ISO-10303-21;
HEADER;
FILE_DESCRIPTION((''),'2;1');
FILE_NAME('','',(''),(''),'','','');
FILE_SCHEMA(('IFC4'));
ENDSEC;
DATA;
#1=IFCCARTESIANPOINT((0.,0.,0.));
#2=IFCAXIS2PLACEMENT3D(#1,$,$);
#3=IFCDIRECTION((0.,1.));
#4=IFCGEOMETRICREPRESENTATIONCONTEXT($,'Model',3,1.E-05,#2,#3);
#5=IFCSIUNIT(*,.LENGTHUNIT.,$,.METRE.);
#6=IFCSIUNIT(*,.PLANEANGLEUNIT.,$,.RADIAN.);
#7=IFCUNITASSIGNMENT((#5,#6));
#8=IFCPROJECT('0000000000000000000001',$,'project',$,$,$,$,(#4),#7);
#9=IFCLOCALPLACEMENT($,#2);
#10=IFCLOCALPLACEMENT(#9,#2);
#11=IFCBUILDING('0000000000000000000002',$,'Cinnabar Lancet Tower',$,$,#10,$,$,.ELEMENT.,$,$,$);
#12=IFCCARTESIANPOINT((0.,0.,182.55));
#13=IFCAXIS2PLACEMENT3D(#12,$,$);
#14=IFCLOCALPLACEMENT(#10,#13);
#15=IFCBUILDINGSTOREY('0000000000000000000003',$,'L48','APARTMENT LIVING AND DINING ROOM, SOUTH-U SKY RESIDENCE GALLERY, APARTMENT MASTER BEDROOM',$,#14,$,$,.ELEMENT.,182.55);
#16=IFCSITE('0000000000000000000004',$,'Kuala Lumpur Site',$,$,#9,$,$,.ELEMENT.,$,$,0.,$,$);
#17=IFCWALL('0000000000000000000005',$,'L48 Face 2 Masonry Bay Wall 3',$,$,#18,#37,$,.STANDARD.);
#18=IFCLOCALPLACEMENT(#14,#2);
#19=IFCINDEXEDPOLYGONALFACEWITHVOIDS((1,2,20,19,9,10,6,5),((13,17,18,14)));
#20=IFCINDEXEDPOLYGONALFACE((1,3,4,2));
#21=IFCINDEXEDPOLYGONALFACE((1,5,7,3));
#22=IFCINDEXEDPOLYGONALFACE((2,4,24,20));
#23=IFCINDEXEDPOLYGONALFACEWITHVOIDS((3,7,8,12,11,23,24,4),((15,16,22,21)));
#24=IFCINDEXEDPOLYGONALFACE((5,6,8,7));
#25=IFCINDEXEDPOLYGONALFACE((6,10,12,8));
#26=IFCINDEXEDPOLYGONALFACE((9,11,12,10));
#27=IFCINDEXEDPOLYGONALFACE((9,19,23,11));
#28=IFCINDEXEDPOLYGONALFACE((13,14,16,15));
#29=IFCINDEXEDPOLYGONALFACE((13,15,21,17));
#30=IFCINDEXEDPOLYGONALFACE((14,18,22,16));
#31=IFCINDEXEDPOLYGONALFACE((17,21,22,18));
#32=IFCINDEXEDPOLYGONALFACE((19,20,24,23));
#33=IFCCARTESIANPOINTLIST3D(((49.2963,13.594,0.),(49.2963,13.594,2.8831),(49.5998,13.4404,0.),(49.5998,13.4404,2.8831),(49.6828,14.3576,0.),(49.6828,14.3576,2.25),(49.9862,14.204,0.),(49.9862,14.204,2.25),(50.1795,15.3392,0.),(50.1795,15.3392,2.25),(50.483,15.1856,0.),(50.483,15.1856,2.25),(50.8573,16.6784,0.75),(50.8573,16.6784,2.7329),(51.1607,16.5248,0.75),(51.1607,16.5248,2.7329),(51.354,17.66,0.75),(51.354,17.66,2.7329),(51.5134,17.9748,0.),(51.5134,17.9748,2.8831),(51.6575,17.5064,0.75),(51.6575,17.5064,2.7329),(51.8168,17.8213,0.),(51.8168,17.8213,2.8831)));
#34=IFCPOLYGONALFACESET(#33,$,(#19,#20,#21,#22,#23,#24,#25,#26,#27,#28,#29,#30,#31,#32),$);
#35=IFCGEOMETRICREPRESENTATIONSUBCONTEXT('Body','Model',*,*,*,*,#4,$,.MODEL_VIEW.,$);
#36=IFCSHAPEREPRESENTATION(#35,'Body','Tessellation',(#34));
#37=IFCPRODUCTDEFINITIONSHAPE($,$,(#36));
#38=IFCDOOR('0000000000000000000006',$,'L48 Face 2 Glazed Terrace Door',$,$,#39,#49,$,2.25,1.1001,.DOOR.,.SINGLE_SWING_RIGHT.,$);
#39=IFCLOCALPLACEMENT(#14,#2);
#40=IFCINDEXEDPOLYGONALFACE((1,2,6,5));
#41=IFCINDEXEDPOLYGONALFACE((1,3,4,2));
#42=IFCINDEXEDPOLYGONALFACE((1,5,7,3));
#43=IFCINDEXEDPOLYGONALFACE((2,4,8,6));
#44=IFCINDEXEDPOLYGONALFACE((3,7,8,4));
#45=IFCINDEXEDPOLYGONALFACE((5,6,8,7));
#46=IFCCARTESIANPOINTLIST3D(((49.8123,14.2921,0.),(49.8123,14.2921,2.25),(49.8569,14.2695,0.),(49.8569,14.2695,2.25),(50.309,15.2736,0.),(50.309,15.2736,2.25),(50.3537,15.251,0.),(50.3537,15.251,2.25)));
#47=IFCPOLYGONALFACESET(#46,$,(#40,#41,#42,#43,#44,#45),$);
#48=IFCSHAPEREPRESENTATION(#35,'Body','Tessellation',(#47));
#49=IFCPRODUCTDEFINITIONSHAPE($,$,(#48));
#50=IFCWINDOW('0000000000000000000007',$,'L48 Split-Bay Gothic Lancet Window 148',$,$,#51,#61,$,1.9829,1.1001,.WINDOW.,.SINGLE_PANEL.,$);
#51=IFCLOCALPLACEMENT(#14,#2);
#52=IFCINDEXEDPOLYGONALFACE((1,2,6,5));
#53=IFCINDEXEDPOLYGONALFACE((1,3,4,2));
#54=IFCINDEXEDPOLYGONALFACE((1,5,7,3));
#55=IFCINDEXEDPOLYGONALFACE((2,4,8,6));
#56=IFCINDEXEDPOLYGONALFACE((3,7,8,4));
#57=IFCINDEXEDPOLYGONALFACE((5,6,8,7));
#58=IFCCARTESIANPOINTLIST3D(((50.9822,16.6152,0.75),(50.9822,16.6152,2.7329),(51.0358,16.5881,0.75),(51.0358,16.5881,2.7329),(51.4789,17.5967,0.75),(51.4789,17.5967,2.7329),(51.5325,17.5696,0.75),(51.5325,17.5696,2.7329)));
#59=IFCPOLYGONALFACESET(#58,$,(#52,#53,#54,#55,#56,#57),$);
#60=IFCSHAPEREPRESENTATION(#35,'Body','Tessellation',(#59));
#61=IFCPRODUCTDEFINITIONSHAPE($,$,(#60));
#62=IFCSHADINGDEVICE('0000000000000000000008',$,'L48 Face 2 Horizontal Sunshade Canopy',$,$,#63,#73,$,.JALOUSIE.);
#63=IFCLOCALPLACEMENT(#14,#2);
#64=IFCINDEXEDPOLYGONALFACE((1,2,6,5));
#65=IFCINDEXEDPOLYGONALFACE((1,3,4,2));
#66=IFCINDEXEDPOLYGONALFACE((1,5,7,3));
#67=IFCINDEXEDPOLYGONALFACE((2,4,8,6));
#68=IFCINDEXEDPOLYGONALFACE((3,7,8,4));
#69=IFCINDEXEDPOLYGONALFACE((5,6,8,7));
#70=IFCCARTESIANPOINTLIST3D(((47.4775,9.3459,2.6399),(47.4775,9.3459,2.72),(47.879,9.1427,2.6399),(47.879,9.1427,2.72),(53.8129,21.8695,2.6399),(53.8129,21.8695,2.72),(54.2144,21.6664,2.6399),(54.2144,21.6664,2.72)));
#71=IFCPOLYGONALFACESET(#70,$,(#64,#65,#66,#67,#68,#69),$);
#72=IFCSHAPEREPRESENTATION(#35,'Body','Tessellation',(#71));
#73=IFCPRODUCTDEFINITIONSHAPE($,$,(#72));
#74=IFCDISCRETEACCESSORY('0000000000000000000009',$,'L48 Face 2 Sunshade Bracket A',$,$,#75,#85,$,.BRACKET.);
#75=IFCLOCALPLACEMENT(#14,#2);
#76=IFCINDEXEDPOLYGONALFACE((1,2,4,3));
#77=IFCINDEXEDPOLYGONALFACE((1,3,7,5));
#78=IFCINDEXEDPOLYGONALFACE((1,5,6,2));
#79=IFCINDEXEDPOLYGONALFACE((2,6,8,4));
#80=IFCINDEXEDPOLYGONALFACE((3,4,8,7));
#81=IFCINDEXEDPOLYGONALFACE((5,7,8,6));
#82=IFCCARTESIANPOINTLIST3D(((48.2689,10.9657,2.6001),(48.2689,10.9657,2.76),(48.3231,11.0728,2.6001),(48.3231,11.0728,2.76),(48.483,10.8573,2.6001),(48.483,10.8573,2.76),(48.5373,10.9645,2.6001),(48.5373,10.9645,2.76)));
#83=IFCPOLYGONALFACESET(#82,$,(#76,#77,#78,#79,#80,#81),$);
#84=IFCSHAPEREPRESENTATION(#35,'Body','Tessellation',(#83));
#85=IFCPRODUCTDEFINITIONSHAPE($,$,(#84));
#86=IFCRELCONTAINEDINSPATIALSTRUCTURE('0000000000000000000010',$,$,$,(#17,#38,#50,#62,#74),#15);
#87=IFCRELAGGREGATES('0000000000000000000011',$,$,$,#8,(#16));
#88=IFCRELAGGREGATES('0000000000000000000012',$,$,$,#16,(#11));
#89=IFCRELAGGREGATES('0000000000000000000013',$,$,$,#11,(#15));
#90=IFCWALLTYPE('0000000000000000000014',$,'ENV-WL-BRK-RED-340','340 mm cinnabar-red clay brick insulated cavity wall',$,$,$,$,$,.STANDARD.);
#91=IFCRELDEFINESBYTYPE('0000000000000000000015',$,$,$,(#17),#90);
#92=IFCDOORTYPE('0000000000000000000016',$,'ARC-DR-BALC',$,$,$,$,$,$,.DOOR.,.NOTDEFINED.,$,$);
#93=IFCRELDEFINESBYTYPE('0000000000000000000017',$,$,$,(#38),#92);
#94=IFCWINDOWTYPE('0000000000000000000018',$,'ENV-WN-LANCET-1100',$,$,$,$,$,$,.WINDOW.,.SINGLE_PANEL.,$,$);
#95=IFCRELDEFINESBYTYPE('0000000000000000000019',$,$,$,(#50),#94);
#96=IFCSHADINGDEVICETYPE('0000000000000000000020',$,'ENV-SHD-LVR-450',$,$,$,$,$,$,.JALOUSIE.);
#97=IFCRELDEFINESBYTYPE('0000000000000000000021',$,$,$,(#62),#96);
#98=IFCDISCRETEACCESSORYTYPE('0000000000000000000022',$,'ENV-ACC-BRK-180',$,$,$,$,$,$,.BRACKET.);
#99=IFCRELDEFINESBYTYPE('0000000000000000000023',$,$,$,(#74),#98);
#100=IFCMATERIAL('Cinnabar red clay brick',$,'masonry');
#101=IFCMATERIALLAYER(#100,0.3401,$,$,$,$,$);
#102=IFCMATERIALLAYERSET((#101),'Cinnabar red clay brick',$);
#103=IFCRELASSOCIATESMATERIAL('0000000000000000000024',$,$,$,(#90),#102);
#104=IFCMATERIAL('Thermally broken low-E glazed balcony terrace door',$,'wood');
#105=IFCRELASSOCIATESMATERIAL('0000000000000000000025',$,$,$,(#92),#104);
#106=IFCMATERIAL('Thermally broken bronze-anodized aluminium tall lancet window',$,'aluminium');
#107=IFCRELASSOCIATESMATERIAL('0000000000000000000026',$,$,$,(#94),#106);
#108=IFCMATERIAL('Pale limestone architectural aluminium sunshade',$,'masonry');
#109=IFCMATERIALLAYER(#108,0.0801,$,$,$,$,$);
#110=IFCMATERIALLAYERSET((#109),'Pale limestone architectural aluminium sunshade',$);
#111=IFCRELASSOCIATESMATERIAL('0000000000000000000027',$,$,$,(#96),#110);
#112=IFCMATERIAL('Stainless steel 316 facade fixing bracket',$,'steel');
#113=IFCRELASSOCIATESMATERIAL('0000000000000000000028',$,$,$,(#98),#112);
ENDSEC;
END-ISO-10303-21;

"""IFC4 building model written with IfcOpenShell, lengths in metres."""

from ifc_helpers import new_model, si_unit, direction, frame, frame_2d, origin, origin_2d, place, context, subcontext, project, spatial, rectangle, extrude, material, layer, layer_set, type_object, element, fill, save


model = new_model("IFC4")

# Units and contexts
model_context = context("Model", 3, precision=1e-05, world=origin(), true_north=direction((0.0, 1.0)))
body_context = subcontext(model_context, "Body", "Model", "MODEL_VIEW")
ifc_project = project(units=[si_unit("LENGTHUNIT", "METRE"), si_unit("PLANEANGLEUNIT", "RADIAN")], contexts=[model_context])

# Site, building, storey
site_placement = place(None, origin())
site = spatial("IfcSite", under=ifc_project, at=site_placement, Name="Kuala Lumpur Site", CompositionType="ELEMENT", RefElevation=0.0)
building_placement = place(site_placement, origin())
building = spatial("IfcBuilding", under=site, at=building_placement, Name="Cinnabar Lancet Tower", CompositionType="ELEMENT")
storey_placement = place(building_placement, frame((0.0, 0.0, 182.55)))
storey = spatial("IfcBuildingStorey", under=building, at=storey_placement, Name="L48", Description="APARTMENT LIVING AND DINING ROOM, SOUTH-U SKY RESIDENCE GALLERY, APARTMENT MASTER BEDROOM", CompositionType="ELEMENT", Elevation=182.55)

# Shared definitions
ifc_material_1 = material(Name="Cinnabar red clay brick", Category="masonry")
ifc_layer_1 = layer(ifc_material_1, 0.3401)
ifc_layer_set_1 = layer_set([ifc_layer_1], Name="Cinnabar red clay brick")
wall_type_1 = type_object("IfcWallType", Name="ENV-WL-BRK-RED-340", Description="340 mm cinnabar-red clay brick insulated cavity wall", PredefinedType="STANDARD", material=ifc_layer_set_1)

# Wall, openings, door, window
wall_1_placement = place(storey_placement, frame((49.448, 13.5171, 0.0), z_axis=(0.0, 0.0, 1.0), x_axis=(0.451544, 0.892249, 0.0)))
wall_1 = element("IfcWall", 1, at=wall_1_placement, inside=storey, type_object=wall_type_1, Name="L48 Face 2 Masonry Bay Wall 3", PredefinedType="STANDARD", context=body_context, shape_type="SweptSolid", body=[
    extrude(rectangle(XDim=4.9099, YDim=0.3401, at=frame_2d((2.4551, 0.0))), origin(), (0.0, 0.0, 1.0), 2.8831),
])
opening_1_placement = place(wall_1_placement, frame((0.856, 0.0, 0.0)))
opening_1 = element("IfcOpeningElement", 2, at=opening_1_placement, cuts=wall_1, PredefinedType="OPENING", context=body_context, shape_type="SweptSolid", body=[
    extrude(rectangle(XDim=1.1001, YDim=2.25, at=frame_2d((0.55, 1.125))), frame((0.0, 0.1799, 0.0), z_axis=(0.0, -1.0, 0.0), x_axis=(1.0, 0.0, 0.0)), (0.0, 0.0, 1.0), 0.3601),
])
opening_2_placement = place(wall_1_placement, frame((3.457, 0.0, 0.75)))
opening_2 = element("IfcOpeningElement", 3, at=opening_2_placement, cuts=wall_1, PredefinedType="OPENING", context=body_context, shape_type="SweptSolid", body=[
    extrude(rectangle(XDim=1.1001, YDim=1.9829, at=frame_2d((0.55, 0.9915))), frame((0.0, 0.1799, 0.0), z_axis=(0.0, -1.0, 0.0), x_axis=(1.0, 0.0, 0.0)), (0.0, 0.0, 1.0), 0.3601),
])
ifc_material_2 = material(Name="Thermally broken low-E glazed balcony terrace door", Category="wood")
door_type = type_object("IfcDoorType", Name="ARC-DR-BALC", OperationType="NOTDEFINED", PredefinedType="DOOR", material=ifc_material_2)
door_placement = place(opening_1_placement, origin())
door = element("IfcDoor", 4, at=door_placement, inside=storey, type_object=door_type, Name="L48 Face 2 Glazed Terrace Door", OperationType="SINGLE_SWING_RIGHT", OverallHeight=2.25, OverallWidth=1.1001, PredefinedType="DOOR", context=body_context, shape_type="SweptSolid", body=[
    extrude(rectangle(XDim=1.1001, YDim=2.25, at=frame_2d((0.55, 1.125))), frame((0.0, 0.0249, 0.0), z_axis=(0.0, -1.0, 0.0), x_axis=(1.0, 0.0, 0.0)), (0.0, 0.0, 1.0), 0.05),
])
fill(opening_1, door)
ifc_material_3 = material(Name="Thermally broken bronze-anodized aluminium tall lancet window", Category="aluminium")
window_type_1 = type_object("IfcWindowType", Name="ENV-WN-LANCET-1100", PartitioningType="SINGLE_PANEL", PredefinedType="WINDOW", material=ifc_material_3)
window_1_placement = place(opening_2_placement, origin())
window_1 = element("IfcWindow", 5, at=window_1_placement, inside=storey, type_object=window_type_1, Name="L48 Split-Bay Gothic Lancet Window 148", OverallHeight=1.9829, OverallWidth=1.1001, PartitioningType="SINGLE_PANEL", PredefinedType="WINDOW", context=body_context, shape_type="SweptSolid", body=[
    extrude(rectangle(XDim=1.1001, YDim=1.9829, at=frame_2d((0.55, 0.9915))), frame((0.0, 0.03, 0.0), z_axis=(0.0, -1.0, 0.0), x_axis=(1.0, 0.0, 0.0)), (0.0, 0.0, 1.0), 0.0601),
])
fill(opening_2, window_1)

# Shading device
ifc_material_4 = material(Name="Pale limestone architectural aluminium sunshade", Category="masonry")
ifc_layer_2 = layer(ifc_material_4, 0.0801)
ifc_layer_set_2 = layer_set([ifc_layer_2], Name="Pale limestone architectural aluminium sunshade")
shading_device_type = type_object("IfcShadingDeviceType", Name="ENV-SHD-LVR-450", PredefinedType="JALOUSIE", material=ifc_layer_set_2)
shading_device_placement = place(storey_placement, frame((50.8459, 15.5061, 2.6399), z_axis=(0.0, 0.0, 1.0), x_axis=(0.451407, 0.892318, 0.0)))
element("IfcShadingDevice", 6, at=shading_device_placement, inside=storey, type_object=shading_device_type, Name="L48 Face 2 Horizontal Sunshade Canopy", PredefinedType="JALOUSIE", context=body_context, shape_type="SweptSolid", body=[
    extrude(rectangle(XDim=14.0349, YDim=0.45, at=origin_2d()), origin(), (0.0, 0.0, 1.0), 0.0801),
])

# Discrete accessory
ifc_material_5 = material(Name="Stainless steel 316 facade fixing bracket", Category="steel")
discrete_accessory_type = type_object("IfcDiscreteAccessoryType", Name="ENV-ACC-BRK-180", PredefinedType="BRACKET", material=ifc_material_5)
discrete_accessory_placement = place(storey_placement, frame((48.4031, 10.9651, 2.6001), z_axis=(0.0, 0.0, 1.0), x_axis=(0.451407, 0.892318, 0.0)))
element("IfcDiscreteAccessory", 7, at=discrete_accessory_placement, inside=storey, type_object=discrete_accessory_type, Name="L48 Face 2 Sunshade Bracket A", PredefinedType="BRACKET", context=body_context, shape_type="SweptSolid", body=[
    extrude(rectangle(XDim=0.1201, YDim=0.24, at=origin_2d()), origin(), (0.0, 0.0, 1.0), 0.1599),
])

save(model, "model.ifc")
